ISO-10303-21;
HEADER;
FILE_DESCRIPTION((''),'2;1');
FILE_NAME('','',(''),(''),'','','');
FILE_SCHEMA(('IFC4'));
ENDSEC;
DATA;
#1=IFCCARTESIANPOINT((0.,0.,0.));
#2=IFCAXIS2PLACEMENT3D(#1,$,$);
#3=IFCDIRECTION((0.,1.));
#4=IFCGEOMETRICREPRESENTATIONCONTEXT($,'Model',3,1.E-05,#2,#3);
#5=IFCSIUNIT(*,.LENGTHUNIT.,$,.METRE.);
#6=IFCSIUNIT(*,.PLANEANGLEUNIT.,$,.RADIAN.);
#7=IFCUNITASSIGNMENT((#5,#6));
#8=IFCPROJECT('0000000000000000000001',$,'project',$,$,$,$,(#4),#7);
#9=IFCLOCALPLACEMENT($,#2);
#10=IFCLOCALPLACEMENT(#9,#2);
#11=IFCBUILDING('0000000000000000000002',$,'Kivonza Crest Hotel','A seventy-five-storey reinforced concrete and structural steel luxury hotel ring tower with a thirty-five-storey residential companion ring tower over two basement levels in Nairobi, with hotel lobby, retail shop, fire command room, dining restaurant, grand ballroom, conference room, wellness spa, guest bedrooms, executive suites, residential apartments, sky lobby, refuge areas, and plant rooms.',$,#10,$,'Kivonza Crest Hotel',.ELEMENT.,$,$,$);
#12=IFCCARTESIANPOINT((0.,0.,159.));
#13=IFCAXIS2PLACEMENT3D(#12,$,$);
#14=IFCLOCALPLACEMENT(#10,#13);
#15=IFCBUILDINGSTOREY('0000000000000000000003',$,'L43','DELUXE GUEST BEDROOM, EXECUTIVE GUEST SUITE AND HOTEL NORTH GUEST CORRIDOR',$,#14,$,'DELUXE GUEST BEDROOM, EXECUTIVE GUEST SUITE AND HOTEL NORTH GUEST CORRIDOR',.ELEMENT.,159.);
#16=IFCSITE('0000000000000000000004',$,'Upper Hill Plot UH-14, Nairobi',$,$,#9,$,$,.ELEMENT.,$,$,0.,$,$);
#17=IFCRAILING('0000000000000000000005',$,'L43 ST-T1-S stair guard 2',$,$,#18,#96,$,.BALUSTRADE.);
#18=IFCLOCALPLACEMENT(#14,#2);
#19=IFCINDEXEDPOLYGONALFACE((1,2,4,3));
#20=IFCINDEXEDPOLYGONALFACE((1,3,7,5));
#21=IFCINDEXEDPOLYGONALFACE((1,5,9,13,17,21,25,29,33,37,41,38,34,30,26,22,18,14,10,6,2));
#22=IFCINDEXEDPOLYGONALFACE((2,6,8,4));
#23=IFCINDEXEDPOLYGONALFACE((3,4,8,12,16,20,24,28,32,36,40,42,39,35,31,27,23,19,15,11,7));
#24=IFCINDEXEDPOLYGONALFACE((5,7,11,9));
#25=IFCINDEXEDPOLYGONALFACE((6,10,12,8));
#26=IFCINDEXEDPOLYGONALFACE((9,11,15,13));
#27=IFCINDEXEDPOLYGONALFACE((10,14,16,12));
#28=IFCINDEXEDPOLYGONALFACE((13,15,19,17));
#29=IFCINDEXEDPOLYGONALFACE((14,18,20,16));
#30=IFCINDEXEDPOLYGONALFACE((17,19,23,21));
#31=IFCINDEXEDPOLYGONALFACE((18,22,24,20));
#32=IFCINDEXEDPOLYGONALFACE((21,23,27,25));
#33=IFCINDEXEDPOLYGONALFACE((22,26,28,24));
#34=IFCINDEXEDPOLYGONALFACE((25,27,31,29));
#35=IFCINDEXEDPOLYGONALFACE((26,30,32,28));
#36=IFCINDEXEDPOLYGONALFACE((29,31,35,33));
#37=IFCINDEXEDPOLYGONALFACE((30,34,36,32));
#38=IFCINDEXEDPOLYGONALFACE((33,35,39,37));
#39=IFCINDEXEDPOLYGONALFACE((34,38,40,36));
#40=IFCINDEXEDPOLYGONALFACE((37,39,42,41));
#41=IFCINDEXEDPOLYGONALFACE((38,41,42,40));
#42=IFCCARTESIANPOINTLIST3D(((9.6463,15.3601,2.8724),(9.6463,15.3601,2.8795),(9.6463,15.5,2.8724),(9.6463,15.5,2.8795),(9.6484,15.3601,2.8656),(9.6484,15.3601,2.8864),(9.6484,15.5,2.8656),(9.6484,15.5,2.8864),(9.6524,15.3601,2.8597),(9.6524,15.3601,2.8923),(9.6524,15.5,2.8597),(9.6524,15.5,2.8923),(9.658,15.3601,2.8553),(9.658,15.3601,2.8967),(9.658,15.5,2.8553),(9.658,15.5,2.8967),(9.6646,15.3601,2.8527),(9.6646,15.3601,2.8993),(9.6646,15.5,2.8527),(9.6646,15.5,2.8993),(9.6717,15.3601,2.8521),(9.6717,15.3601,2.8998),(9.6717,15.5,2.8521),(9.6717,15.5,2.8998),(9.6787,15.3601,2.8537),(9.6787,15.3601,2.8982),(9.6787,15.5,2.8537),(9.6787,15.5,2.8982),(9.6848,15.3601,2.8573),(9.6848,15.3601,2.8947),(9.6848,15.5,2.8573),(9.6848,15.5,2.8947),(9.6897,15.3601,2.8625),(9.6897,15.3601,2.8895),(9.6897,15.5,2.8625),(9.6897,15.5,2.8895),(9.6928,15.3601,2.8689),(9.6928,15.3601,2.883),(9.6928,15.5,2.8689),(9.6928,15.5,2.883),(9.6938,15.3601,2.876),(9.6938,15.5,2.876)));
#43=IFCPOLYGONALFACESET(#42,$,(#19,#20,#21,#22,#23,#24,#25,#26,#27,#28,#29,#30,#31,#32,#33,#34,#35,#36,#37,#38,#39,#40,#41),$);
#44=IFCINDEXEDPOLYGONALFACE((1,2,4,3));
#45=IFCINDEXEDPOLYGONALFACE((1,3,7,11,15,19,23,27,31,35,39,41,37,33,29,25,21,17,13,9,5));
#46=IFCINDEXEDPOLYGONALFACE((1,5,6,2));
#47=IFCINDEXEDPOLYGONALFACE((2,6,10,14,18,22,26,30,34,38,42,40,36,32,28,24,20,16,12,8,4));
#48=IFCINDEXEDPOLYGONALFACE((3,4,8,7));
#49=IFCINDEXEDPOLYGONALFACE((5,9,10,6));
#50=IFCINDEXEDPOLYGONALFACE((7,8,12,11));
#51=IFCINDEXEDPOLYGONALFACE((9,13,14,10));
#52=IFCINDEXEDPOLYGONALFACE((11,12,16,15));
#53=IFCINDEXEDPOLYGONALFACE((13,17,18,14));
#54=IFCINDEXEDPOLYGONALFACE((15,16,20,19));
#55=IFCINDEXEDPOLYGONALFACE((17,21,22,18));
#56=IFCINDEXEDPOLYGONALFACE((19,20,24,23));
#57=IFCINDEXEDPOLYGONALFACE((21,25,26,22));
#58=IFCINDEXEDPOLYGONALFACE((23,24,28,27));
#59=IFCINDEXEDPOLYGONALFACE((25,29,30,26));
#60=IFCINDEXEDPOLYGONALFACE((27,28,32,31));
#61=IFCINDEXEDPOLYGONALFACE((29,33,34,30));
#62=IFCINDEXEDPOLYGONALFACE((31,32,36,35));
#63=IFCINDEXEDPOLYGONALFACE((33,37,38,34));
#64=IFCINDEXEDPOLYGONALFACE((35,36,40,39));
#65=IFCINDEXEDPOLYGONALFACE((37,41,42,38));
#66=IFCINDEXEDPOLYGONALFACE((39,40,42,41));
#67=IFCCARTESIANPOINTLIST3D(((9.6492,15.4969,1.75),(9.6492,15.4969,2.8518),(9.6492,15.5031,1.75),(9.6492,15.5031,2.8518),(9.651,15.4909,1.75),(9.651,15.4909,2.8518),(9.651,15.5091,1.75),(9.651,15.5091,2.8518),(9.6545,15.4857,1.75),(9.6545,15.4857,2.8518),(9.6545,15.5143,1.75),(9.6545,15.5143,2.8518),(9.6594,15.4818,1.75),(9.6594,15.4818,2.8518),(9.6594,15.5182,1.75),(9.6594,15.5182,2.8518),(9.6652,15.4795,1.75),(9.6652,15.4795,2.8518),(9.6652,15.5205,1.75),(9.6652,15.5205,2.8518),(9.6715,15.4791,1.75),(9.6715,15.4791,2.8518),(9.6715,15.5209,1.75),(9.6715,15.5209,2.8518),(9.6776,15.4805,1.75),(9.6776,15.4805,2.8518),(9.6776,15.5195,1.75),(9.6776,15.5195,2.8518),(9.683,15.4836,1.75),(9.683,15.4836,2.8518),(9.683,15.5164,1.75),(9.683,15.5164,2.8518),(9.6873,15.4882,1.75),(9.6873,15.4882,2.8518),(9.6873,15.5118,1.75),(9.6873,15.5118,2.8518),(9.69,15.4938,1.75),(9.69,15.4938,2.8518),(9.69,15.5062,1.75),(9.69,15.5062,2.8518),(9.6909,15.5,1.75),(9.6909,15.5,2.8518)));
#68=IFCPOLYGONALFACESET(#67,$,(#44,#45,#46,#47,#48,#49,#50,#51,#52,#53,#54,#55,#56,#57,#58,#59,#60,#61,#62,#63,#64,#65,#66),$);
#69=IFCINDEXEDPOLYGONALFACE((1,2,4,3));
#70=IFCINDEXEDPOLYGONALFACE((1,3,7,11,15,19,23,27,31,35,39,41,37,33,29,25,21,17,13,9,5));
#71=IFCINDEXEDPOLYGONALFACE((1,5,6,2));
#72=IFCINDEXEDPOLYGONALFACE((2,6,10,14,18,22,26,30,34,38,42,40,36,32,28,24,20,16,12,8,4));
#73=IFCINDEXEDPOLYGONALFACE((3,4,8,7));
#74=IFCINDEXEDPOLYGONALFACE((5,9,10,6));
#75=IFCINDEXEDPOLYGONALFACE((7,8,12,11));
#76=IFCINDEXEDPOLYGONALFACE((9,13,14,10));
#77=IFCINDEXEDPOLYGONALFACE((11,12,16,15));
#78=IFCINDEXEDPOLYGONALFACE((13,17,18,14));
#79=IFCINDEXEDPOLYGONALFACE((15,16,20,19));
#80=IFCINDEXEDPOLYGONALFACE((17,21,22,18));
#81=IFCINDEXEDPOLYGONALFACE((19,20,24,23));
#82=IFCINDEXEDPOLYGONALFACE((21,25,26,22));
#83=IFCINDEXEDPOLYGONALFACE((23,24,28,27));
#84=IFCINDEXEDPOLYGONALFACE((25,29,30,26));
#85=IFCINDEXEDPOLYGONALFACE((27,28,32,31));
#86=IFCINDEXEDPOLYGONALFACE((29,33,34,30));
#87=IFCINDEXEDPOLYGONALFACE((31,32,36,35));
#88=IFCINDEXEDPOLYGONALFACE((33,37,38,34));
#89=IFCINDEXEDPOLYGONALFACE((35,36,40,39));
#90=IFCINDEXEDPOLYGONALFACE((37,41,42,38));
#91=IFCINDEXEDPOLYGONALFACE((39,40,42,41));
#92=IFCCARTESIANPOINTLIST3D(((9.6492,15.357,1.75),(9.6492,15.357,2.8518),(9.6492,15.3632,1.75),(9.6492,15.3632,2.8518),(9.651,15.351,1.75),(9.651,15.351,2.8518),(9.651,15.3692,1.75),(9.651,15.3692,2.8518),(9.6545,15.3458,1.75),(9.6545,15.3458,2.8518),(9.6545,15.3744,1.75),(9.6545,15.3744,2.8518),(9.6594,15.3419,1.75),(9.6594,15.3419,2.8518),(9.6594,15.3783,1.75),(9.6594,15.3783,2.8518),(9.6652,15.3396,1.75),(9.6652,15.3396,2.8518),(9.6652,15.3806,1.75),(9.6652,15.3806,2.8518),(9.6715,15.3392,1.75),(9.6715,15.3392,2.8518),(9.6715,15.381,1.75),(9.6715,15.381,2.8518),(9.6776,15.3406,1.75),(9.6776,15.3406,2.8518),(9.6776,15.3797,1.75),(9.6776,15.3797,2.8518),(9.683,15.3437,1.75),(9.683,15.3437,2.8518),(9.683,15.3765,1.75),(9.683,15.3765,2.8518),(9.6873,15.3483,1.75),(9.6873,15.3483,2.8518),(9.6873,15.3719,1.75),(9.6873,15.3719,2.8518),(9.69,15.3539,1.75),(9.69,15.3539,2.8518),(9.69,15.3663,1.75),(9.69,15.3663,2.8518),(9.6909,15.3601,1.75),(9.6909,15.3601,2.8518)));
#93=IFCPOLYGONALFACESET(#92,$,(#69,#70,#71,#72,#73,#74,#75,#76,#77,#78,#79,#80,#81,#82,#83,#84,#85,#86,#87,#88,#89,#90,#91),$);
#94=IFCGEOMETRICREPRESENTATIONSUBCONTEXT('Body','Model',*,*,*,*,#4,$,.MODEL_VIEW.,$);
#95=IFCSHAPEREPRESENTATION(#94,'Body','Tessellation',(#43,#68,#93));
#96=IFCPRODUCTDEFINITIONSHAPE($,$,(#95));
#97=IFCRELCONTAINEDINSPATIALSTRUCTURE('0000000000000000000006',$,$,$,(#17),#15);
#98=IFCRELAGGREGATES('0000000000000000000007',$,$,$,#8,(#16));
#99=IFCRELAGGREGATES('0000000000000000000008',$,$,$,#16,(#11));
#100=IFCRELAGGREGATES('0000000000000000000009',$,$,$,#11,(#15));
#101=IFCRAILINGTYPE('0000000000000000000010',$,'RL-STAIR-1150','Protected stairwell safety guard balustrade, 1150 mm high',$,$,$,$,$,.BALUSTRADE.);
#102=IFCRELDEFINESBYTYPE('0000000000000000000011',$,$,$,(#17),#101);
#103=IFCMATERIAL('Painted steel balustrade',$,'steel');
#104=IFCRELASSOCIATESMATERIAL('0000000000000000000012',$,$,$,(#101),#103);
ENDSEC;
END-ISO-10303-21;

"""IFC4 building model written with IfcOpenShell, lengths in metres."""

from ifc_helpers import new_model, si_unit, direction, frame, origin, origin_2d, place, context, subcontext, project, spatial, circle, extrude, material, type_object, element, save


model = new_model("IFC4")

# Units and contexts
model_context = context("Model", 3, precision=1e-05, world=origin(), true_north=direction((0.0, 1.0)))
body_context = subcontext(model_context, "Body", "Model", "MODEL_VIEW")
ifc_project = project(units=[si_unit("LENGTHUNIT", "METRE"), si_unit("PLANEANGLEUNIT", "RADIAN")], contexts=[model_context])

# Site, building, storey
site_placement = place(None, origin())
site = spatial("IfcSite", under=ifc_project, at=site_placement, Name="Upper Hill Plot UH-14, Nairobi", CompositionType="ELEMENT", RefElevation=0.0)
building_placement = place(site_placement, origin())
building = spatial("IfcBuilding", under=site, at=building_placement, Name="Kivonza Crest Hotel", Description="A seventy-five-storey reinforced concrete and structural steel luxury hotel ring tower with a thirty-five-storey residential companion ring tower over two basement levels in Nairobi, with hotel lobby, retail shop, fire command room, dining restaurant, grand ballroom, conference room, wellness spa, guest bedrooms, executive suites, residential apartments, sky lobby, refuge areas, and plant rooms.", LongName="Kivonza Crest Hotel", CompositionType="ELEMENT")
storey_placement = place(building_placement, frame((0.0, 0.0, 159.0)))
storey = spatial("IfcBuildingStorey", under=building, at=storey_placement, Name="L43", Description="DELUXE GUEST BEDROOM, EXECUTIVE GUEST SUITE AND HOTEL NORTH GUEST CORRIDOR", LongName="DELUXE GUEST BEDROOM, EXECUTIVE GUEST SUITE AND HOTEL NORTH GUEST CORRIDOR", CompositionType="ELEMENT", Elevation=159.0)

# Railing
ifc_material_1 = material(Name="Painted steel balustrade", Category="steel")
railing_type_1 = type_object("IfcRailingType", Name="RL-STAIR-1150", Description="Protected stairwell safety guard balustrade, 1150 mm high", PredefinedType="BALUSTRADE", material=ifc_material_1)
railing_1_placement = place(storey_placement, frame((9.6699, 15.5, 1.75)))
element("IfcRailing", 1, at=railing_1_placement, inside=storey, type_object=railing_type_1, Name="L43 ST-T1-S stair guard 2", PredefinedType="BALUSTRADE", context=body_context, shape_type="SweptSolid", body=[
    extrude(circle(Radius=0.0239, at=origin_2d()), frame((0.0, 0.0, 1.126), z_axis=(0.0, -1.0, 0.0), x_axis=(1.0, 0.0, 0.0)), (0.0, 0.0, 1.0), 0.1399),
    extrude(circle(Radius=0.021, at=origin_2d()), origin(), (0.0, 0.0, 1.0), 1.1018),
    extrude(circle(Radius=0.021, at=origin_2d()), frame((0.0, -0.1399, 0.0)), (0.0, 0.0, 1.0), 1.1018),
])

save(model, "model.ifc")
